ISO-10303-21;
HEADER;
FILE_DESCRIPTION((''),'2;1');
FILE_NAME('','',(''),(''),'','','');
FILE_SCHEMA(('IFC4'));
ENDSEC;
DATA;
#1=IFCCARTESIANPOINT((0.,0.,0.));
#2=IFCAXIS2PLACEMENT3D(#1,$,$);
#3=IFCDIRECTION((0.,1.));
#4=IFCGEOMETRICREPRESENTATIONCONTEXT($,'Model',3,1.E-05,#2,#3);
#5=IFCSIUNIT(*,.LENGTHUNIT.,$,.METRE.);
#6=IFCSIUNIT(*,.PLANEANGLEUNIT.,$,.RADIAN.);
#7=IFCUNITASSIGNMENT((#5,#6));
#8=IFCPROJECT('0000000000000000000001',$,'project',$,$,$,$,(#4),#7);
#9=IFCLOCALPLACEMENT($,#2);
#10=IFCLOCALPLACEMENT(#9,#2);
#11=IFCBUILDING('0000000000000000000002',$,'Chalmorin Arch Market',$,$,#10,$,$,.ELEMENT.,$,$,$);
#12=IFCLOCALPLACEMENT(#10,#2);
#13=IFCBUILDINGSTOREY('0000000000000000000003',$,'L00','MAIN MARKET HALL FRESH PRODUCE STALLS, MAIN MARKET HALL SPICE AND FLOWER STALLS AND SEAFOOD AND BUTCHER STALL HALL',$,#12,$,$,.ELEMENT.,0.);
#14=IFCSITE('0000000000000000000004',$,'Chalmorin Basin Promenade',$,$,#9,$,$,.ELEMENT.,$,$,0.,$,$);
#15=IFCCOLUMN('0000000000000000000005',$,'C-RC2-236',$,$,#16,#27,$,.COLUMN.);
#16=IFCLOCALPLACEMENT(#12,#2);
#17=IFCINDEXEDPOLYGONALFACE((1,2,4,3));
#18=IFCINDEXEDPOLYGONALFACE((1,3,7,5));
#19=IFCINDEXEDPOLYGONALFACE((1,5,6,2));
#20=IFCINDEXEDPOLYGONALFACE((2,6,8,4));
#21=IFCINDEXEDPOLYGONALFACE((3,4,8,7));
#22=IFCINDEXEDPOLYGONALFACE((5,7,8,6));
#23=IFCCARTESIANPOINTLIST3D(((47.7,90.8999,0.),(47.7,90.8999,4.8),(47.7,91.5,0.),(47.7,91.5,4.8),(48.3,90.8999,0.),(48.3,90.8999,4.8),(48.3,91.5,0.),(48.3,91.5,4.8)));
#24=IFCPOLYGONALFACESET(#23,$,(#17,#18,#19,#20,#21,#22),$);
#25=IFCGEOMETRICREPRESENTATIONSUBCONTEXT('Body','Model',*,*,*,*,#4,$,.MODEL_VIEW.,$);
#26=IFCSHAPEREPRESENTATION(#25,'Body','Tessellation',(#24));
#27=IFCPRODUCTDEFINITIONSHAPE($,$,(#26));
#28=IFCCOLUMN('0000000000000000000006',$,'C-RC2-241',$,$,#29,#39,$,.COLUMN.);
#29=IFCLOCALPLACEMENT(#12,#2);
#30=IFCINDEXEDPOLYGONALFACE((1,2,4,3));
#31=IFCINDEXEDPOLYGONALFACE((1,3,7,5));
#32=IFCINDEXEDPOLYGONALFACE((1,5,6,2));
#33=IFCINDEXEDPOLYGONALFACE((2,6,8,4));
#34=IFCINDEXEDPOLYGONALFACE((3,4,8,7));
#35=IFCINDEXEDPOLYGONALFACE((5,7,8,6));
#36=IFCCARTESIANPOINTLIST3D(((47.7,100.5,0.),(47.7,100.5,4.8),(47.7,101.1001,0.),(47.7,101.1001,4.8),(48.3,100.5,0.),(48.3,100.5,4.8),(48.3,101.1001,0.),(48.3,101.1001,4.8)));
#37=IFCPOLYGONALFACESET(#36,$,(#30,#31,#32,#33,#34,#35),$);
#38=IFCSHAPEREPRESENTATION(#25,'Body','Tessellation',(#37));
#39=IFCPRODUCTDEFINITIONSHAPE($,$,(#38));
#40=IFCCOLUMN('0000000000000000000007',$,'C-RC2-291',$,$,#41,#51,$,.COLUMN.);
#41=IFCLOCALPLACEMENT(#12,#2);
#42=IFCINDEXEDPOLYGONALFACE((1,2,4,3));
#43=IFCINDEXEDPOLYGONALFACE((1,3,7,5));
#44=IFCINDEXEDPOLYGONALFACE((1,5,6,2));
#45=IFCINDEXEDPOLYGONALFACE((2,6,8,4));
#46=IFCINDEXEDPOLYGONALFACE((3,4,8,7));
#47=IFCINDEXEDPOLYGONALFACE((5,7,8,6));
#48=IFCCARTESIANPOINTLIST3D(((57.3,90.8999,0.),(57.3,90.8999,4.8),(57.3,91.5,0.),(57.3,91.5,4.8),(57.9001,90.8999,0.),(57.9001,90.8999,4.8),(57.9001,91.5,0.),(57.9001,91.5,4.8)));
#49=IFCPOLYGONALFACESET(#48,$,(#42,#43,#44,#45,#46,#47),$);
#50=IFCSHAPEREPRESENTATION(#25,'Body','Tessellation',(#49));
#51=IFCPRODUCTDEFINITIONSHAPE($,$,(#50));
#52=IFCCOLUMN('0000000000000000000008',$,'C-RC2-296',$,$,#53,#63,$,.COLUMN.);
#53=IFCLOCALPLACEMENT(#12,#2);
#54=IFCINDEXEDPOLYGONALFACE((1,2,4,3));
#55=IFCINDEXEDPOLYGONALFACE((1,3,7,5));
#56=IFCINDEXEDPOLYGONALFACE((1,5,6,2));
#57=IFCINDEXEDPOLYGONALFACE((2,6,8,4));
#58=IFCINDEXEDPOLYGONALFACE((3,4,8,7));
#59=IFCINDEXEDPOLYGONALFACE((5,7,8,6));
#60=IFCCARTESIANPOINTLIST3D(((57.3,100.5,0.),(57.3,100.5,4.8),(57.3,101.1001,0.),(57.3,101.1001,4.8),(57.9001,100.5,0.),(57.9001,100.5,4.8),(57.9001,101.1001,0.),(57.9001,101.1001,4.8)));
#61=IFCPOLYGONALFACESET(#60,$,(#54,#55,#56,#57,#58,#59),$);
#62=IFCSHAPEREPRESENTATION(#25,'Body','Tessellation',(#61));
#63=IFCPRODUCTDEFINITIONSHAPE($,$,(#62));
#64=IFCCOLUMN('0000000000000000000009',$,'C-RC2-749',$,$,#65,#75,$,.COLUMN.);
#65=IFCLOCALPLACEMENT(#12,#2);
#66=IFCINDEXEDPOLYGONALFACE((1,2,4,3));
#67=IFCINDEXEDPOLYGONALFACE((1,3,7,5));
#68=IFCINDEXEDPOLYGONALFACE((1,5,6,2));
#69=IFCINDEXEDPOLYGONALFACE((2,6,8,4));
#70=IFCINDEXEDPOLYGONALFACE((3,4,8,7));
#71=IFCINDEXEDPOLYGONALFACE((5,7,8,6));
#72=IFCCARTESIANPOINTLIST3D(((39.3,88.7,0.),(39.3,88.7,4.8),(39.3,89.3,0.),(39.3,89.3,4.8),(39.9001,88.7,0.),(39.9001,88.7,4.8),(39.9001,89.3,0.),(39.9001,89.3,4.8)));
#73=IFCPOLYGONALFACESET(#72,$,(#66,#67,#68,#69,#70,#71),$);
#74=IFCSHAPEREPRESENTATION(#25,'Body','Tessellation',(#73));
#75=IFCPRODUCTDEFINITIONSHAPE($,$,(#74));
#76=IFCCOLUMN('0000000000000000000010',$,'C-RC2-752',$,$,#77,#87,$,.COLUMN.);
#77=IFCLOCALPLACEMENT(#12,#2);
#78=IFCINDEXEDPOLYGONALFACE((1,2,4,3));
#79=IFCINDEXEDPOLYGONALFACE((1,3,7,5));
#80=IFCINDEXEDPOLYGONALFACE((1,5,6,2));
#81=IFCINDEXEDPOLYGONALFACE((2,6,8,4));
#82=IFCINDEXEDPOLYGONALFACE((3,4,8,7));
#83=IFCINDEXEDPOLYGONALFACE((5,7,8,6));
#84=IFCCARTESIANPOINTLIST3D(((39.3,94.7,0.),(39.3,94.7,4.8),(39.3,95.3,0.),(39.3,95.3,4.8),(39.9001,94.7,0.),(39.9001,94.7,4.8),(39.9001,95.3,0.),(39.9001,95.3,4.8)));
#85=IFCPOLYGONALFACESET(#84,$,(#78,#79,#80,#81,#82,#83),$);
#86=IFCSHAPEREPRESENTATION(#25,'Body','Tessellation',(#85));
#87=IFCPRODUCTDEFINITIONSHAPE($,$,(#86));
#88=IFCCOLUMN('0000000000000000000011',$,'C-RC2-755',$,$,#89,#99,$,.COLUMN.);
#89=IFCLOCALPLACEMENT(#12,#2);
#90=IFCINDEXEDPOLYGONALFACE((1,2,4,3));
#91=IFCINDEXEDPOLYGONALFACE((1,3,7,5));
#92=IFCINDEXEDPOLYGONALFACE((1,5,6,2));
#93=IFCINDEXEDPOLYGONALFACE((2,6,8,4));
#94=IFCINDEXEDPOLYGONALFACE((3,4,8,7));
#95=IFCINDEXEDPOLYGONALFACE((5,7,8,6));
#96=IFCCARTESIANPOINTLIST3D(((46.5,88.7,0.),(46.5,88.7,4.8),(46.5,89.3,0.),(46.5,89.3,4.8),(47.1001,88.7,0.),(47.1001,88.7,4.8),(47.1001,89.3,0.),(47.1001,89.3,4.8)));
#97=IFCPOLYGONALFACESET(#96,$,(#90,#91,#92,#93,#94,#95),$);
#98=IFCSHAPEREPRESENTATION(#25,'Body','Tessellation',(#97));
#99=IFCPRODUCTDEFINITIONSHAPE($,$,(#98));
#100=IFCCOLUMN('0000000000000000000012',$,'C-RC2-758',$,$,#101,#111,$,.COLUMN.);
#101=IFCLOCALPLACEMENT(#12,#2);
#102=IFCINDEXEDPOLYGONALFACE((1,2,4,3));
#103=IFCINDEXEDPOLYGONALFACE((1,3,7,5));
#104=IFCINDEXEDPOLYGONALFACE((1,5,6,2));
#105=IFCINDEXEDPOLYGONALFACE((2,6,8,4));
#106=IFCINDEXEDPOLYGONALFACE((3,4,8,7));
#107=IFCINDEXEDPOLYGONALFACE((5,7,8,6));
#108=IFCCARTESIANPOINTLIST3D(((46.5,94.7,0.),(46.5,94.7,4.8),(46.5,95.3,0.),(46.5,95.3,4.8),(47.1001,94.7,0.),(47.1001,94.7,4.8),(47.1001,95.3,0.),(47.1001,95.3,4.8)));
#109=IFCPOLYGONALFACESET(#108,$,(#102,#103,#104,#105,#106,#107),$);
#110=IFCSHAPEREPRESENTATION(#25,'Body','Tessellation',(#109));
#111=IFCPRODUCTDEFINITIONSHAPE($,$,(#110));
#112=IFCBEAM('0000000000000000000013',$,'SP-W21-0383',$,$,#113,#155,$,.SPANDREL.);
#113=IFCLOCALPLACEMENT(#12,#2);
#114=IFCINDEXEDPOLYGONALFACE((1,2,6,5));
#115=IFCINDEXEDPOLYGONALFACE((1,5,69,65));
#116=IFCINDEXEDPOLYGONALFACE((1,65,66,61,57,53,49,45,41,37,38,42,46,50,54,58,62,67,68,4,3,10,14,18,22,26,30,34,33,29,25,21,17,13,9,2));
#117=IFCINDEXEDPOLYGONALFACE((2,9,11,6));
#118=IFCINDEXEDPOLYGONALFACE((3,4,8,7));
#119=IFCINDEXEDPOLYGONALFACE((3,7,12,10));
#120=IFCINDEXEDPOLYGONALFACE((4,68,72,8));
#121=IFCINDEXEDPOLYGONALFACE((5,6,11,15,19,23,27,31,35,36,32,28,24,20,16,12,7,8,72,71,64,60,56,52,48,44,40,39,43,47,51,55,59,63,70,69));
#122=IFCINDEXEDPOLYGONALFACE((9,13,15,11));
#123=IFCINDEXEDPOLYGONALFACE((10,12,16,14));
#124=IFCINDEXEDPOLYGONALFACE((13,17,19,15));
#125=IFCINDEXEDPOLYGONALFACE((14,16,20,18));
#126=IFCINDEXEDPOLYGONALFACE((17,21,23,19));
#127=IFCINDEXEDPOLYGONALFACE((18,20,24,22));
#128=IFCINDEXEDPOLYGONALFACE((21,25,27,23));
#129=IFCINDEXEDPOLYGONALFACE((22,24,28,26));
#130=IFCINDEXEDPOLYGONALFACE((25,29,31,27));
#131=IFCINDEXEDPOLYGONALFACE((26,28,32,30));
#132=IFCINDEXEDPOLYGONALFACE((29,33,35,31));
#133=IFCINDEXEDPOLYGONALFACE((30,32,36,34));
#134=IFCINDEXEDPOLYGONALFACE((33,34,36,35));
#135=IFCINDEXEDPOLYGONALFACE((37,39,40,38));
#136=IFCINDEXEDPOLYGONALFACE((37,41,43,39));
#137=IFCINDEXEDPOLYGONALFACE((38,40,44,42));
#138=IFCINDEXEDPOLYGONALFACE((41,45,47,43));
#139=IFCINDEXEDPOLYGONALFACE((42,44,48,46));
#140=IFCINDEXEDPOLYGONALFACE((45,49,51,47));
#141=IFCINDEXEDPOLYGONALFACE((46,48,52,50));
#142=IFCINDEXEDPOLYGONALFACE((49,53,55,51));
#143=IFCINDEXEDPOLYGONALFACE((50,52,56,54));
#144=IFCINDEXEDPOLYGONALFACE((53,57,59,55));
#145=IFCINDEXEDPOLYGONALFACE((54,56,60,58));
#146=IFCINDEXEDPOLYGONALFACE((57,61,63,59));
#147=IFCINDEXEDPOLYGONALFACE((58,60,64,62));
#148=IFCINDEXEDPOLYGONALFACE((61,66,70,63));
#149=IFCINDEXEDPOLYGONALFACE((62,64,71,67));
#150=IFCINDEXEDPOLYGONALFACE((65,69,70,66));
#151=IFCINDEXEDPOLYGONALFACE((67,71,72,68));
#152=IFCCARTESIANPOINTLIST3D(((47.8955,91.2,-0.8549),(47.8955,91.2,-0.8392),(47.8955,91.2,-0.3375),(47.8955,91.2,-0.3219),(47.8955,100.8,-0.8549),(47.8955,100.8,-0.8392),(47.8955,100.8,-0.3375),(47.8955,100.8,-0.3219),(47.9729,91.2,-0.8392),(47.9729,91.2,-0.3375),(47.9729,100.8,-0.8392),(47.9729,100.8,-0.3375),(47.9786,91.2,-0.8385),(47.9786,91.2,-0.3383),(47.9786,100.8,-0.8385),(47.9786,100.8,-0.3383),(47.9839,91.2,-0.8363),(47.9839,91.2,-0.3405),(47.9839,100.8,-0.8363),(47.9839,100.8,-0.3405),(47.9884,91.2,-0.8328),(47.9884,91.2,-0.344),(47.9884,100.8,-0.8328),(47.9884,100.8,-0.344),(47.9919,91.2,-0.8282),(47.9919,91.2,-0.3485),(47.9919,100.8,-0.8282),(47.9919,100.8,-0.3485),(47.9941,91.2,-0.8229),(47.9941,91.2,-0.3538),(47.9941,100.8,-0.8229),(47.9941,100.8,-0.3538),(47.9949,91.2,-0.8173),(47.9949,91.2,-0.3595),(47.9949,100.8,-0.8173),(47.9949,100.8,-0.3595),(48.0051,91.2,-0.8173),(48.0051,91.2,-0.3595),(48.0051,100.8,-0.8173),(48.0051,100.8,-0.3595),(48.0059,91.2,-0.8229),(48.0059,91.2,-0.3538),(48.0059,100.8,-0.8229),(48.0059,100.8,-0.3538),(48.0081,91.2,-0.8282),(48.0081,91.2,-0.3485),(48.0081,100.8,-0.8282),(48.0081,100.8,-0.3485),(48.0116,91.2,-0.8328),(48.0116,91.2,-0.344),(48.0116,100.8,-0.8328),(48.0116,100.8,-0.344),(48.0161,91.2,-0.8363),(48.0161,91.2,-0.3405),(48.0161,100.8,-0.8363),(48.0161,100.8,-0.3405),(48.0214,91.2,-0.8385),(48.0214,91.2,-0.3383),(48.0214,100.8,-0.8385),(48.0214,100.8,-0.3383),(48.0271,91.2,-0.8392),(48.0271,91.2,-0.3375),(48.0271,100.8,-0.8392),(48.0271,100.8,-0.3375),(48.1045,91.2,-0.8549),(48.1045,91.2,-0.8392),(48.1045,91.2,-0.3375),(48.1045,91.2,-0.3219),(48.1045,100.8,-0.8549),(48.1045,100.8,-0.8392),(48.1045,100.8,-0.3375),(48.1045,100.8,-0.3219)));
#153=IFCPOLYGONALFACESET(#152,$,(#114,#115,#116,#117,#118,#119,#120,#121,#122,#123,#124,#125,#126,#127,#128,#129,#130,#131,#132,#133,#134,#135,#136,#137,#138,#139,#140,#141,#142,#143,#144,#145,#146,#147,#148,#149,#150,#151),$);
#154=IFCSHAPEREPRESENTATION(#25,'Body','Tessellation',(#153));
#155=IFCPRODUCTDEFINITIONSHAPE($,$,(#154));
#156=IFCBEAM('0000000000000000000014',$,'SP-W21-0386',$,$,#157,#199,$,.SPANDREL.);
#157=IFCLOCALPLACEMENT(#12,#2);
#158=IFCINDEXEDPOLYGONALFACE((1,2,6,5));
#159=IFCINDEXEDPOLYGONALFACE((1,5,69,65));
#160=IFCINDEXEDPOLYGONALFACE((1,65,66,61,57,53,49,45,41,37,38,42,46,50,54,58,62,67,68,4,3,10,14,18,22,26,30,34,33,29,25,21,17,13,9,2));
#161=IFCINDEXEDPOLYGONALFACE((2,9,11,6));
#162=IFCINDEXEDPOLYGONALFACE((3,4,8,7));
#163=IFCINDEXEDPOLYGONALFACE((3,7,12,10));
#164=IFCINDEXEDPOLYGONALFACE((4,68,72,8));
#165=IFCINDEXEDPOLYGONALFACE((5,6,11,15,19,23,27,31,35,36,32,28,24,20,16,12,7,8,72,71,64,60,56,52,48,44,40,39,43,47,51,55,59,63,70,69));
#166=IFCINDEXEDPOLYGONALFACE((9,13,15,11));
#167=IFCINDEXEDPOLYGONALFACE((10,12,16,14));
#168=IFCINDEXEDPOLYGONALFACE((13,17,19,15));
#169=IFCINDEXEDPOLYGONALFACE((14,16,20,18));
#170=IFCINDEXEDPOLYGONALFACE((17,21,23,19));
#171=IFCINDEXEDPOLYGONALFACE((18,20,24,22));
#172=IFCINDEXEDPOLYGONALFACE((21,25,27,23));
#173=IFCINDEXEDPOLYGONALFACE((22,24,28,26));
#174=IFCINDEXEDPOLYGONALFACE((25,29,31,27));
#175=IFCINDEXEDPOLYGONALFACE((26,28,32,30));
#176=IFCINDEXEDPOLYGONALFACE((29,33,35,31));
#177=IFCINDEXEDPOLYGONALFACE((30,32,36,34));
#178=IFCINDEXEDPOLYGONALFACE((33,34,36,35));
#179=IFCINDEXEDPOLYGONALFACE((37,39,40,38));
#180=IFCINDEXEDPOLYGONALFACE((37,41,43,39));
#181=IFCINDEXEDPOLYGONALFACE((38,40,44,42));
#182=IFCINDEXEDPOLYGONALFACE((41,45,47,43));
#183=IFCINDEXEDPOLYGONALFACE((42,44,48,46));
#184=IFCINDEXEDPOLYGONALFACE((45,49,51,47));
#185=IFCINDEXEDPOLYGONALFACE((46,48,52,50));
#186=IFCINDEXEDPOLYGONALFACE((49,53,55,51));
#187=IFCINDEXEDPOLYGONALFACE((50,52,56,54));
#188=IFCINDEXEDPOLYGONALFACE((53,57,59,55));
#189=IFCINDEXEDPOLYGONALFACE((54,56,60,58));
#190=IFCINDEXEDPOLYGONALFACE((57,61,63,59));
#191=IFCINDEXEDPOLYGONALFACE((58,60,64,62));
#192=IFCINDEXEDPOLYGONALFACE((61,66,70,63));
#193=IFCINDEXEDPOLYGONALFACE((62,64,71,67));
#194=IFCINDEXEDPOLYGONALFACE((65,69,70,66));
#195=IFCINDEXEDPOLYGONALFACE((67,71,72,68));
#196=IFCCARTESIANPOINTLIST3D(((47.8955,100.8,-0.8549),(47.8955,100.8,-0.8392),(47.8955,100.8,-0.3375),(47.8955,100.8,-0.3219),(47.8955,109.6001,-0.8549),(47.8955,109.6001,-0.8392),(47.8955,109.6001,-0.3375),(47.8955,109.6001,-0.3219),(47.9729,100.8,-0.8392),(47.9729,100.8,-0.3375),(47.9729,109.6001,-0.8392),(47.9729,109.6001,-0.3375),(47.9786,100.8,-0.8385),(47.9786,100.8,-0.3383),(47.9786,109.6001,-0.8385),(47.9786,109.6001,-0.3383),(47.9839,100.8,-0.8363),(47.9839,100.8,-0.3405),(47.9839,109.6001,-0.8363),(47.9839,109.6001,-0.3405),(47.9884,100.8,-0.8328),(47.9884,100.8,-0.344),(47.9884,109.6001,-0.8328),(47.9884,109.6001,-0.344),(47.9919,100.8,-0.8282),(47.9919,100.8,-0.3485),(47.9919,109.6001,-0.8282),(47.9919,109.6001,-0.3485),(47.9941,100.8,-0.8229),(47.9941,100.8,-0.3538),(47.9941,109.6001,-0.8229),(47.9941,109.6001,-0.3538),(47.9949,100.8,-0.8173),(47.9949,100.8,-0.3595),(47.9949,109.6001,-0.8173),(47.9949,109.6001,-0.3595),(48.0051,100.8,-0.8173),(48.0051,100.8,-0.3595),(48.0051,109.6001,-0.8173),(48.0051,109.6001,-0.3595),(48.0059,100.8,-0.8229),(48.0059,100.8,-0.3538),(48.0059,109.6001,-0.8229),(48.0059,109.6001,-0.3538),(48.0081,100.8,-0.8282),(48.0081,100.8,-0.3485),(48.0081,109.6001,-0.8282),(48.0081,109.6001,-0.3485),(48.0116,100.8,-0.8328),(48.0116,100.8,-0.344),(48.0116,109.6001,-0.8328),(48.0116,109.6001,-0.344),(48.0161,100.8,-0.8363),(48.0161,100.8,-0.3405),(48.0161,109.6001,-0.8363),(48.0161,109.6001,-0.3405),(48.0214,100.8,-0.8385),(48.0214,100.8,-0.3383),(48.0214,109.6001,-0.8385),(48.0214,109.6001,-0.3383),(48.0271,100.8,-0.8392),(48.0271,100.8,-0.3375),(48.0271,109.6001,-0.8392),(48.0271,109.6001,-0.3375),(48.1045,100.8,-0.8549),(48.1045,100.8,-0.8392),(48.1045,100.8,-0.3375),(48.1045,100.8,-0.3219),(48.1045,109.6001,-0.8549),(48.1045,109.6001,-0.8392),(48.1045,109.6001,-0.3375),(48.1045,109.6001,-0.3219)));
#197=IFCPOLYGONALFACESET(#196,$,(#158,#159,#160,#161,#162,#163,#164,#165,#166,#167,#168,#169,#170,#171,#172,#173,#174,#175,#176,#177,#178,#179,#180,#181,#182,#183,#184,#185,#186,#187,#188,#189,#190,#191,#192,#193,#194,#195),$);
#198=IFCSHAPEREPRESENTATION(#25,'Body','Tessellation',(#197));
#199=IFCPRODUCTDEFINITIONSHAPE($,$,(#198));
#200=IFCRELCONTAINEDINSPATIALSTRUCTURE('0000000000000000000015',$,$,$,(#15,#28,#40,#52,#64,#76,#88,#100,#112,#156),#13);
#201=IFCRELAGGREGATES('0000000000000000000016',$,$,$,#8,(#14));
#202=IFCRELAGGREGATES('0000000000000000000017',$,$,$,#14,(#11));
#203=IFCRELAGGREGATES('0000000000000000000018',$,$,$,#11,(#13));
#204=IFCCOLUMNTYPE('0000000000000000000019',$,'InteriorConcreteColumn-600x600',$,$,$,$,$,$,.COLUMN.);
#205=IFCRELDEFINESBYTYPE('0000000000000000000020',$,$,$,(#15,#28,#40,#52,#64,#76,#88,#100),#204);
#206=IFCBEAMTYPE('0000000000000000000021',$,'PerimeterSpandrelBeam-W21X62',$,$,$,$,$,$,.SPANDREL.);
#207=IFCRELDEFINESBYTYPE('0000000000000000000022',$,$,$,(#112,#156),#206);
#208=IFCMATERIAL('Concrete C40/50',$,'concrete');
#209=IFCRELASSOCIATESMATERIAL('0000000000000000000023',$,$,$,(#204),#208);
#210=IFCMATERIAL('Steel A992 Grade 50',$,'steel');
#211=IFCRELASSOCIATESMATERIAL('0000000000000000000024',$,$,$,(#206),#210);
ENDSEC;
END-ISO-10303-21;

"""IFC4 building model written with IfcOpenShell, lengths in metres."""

from ifc_helpers import new_model, si_unit, direction, frame, origin, origin_2d, place, context, subcontext, project, spatial, rectangle, i_section, extrude, material, material_profile, profile_set, type_object, element, save


model = new_model("IFC4")

# Units and contexts
model_context = context("Model", 3, precision=1e-05, world=origin(), true_north=direction((0.0, 1.0)))
body_context = subcontext(model_context, "Body", "Model", "MODEL_VIEW")
ifc_project = project(units=[si_unit("LENGTHUNIT", "METRE"), si_unit("PLANEANGLEUNIT", "RADIAN")], contexts=[model_context])

# Site, building, storey
site_placement = place(None, origin())
site = spatial("IfcSite", under=ifc_project, at=site_placement, Name="Chalmorin Basin Promenade", CompositionType="ELEMENT", RefElevation=0.0)
building_placement = place(site_placement, origin())
building = spatial("IfcBuilding", under=site, at=building_placement, Name="Chalmorin Arch Market", CompositionType="ELEMENT")
storey_placement = place(building_placement, origin())
storey = spatial("IfcBuildingStorey", under=building, at=storey_placement, Name="L00", Description="MAIN MARKET HALL FRESH PRODUCE STALLS, MAIN MARKET HALL SPICE AND FLOWER STALLS AND SEAFOOD AND BUTCHER STALL HALL", CompositionType="ELEMENT", Elevation=0.0)

# Columns
ifc_material_1 = material(Name="Concrete C40/50", Category="concrete")
ifc_material_profile_1 = material_profile(ifc_material_1, rectangle(XDim=0.6001, YDim=0.6001, at=origin_2d()), Name="RC600X600")
ifc_profile_set_1 = profile_set([ifc_material_profile_1], Name="Concrete C40/50")
column_type = type_object("IfcColumnType", Name="InteriorConcreteColumn-600x600", PredefinedType="COLUMN", material=ifc_profile_set_1)
for number, where, z_axis, x_axis, name in (
    (1, (48.0, 91.2, 0.0), (0.0, 0.0, 1.0), (1.0, 0.0, 0.0), "C-RC2-236"),
    (2, (48.0, 100.8, 0.0), (0.0, 0.0, 1.0), (1.0, 0.0, 0.0), "C-RC2-241"),
    (3, (57.6001, 91.2, 0.0), (0.0, 0.0, 1.0), (1.0, 0.0, 0.0), "C-RC2-291"),
    (4, (57.6001, 100.8, 0.0), (0.0, 0.0, 1.0), (1.0, 0.0, 0.0), "C-RC2-296"),
    (5, (39.6001, 89.0, 0.0), (0.0, 0.0, 1.0), (1.0, 0.0, 0.0), "C-RC2-749"),
    (6, (39.6001, 95.0, 0.0), (0.0, 0.0, 1.0), (1.0, 0.0, 0.0), "C-RC2-752"),
    (7, (46.8, 89.0, 0.0), (0.0, 0.0, 1.0), (1.0, 0.0, 0.0), "C-RC2-755"),
    (8, (46.8, 95.0, 0.0), (0.0, 0.0, 1.0), (1.0, 0.0, 0.0), "C-RC2-758"),
):
    element("IfcColumn", number, at=place(storey_placement, frame(where, z_axis=z_axis, x_axis=x_axis)), inside=storey, type_object=column_type, Name=name, PredefinedType="COLUMN", context=body_context, shape_type="SweptSolid", body=[
        extrude(rectangle(XDim=0.6001, YDim=0.6001, at=origin_2d()), origin(), (0.0, 0.0, 1.0), 4.8),
    ])

# Beams
ifc_material_2 = material(Name="Steel A992 Grade 50", Category="steel")
ifc_material_profile_2 = material_profile(ifc_material_2, i_section(OverallWidth=0.209, OverallDepth=0.533, WebThickness=0.0103, FlangeThickness=0.0156, FilletRadius=0.022, at=origin_2d()), Name="W21X62")
ifc_profile_set_2 = profile_set([ifc_material_profile_2], Name="Steel A992 Grade 50")
beam_type_1 = type_object("IfcBeamType", Name="PerimeterSpandrelBeam-W21X62", PredefinedType="SPANDREL", material=ifc_profile_set_2)
beam_1_placement = place(storey_placement, frame((48.0, 91.2, -0.5884), z_axis=(0.0, 1.0, 0.0), x_axis=(-1.0, 0.0, 0.0)))
element("IfcBeam", 9, at=beam_1_placement, inside=storey, type_object=beam_type_1, Name="SP-W21-0383", PredefinedType="SPANDREL", context=body_context, shape_type="SweptSolid", body=[
    extrude(i_section(OverallWidth=0.209, OverallDepth=0.533, WebThickness=0.0103, FlangeThickness=0.0156, FilletRadius=0.022, at=origin_2d()), origin(), (0.0, 0.0, 1.0), 9.6001),
])
beam_2_placement = place(storey_placement, frame((48.0, 100.8, -0.5884), z_axis=(0.0, 1.0, 0.0), x_axis=(-1.0, 0.0, 0.0)))
element("IfcBeam", 10, at=beam_2_placement, inside=storey, type_object=beam_type_1, Name="SP-W21-0386", PredefinedType="SPANDREL", context=body_context, shape_type="SweptSolid", body=[
    extrude(i_section(OverallWidth=0.209, OverallDepth=0.533, WebThickness=0.0103, FlangeThickness=0.0156, FilletRadius=0.022, at=origin_2d()), origin(), (0.0, 0.0, 1.0), 8.8),
])

save(model, "model.ifc")
